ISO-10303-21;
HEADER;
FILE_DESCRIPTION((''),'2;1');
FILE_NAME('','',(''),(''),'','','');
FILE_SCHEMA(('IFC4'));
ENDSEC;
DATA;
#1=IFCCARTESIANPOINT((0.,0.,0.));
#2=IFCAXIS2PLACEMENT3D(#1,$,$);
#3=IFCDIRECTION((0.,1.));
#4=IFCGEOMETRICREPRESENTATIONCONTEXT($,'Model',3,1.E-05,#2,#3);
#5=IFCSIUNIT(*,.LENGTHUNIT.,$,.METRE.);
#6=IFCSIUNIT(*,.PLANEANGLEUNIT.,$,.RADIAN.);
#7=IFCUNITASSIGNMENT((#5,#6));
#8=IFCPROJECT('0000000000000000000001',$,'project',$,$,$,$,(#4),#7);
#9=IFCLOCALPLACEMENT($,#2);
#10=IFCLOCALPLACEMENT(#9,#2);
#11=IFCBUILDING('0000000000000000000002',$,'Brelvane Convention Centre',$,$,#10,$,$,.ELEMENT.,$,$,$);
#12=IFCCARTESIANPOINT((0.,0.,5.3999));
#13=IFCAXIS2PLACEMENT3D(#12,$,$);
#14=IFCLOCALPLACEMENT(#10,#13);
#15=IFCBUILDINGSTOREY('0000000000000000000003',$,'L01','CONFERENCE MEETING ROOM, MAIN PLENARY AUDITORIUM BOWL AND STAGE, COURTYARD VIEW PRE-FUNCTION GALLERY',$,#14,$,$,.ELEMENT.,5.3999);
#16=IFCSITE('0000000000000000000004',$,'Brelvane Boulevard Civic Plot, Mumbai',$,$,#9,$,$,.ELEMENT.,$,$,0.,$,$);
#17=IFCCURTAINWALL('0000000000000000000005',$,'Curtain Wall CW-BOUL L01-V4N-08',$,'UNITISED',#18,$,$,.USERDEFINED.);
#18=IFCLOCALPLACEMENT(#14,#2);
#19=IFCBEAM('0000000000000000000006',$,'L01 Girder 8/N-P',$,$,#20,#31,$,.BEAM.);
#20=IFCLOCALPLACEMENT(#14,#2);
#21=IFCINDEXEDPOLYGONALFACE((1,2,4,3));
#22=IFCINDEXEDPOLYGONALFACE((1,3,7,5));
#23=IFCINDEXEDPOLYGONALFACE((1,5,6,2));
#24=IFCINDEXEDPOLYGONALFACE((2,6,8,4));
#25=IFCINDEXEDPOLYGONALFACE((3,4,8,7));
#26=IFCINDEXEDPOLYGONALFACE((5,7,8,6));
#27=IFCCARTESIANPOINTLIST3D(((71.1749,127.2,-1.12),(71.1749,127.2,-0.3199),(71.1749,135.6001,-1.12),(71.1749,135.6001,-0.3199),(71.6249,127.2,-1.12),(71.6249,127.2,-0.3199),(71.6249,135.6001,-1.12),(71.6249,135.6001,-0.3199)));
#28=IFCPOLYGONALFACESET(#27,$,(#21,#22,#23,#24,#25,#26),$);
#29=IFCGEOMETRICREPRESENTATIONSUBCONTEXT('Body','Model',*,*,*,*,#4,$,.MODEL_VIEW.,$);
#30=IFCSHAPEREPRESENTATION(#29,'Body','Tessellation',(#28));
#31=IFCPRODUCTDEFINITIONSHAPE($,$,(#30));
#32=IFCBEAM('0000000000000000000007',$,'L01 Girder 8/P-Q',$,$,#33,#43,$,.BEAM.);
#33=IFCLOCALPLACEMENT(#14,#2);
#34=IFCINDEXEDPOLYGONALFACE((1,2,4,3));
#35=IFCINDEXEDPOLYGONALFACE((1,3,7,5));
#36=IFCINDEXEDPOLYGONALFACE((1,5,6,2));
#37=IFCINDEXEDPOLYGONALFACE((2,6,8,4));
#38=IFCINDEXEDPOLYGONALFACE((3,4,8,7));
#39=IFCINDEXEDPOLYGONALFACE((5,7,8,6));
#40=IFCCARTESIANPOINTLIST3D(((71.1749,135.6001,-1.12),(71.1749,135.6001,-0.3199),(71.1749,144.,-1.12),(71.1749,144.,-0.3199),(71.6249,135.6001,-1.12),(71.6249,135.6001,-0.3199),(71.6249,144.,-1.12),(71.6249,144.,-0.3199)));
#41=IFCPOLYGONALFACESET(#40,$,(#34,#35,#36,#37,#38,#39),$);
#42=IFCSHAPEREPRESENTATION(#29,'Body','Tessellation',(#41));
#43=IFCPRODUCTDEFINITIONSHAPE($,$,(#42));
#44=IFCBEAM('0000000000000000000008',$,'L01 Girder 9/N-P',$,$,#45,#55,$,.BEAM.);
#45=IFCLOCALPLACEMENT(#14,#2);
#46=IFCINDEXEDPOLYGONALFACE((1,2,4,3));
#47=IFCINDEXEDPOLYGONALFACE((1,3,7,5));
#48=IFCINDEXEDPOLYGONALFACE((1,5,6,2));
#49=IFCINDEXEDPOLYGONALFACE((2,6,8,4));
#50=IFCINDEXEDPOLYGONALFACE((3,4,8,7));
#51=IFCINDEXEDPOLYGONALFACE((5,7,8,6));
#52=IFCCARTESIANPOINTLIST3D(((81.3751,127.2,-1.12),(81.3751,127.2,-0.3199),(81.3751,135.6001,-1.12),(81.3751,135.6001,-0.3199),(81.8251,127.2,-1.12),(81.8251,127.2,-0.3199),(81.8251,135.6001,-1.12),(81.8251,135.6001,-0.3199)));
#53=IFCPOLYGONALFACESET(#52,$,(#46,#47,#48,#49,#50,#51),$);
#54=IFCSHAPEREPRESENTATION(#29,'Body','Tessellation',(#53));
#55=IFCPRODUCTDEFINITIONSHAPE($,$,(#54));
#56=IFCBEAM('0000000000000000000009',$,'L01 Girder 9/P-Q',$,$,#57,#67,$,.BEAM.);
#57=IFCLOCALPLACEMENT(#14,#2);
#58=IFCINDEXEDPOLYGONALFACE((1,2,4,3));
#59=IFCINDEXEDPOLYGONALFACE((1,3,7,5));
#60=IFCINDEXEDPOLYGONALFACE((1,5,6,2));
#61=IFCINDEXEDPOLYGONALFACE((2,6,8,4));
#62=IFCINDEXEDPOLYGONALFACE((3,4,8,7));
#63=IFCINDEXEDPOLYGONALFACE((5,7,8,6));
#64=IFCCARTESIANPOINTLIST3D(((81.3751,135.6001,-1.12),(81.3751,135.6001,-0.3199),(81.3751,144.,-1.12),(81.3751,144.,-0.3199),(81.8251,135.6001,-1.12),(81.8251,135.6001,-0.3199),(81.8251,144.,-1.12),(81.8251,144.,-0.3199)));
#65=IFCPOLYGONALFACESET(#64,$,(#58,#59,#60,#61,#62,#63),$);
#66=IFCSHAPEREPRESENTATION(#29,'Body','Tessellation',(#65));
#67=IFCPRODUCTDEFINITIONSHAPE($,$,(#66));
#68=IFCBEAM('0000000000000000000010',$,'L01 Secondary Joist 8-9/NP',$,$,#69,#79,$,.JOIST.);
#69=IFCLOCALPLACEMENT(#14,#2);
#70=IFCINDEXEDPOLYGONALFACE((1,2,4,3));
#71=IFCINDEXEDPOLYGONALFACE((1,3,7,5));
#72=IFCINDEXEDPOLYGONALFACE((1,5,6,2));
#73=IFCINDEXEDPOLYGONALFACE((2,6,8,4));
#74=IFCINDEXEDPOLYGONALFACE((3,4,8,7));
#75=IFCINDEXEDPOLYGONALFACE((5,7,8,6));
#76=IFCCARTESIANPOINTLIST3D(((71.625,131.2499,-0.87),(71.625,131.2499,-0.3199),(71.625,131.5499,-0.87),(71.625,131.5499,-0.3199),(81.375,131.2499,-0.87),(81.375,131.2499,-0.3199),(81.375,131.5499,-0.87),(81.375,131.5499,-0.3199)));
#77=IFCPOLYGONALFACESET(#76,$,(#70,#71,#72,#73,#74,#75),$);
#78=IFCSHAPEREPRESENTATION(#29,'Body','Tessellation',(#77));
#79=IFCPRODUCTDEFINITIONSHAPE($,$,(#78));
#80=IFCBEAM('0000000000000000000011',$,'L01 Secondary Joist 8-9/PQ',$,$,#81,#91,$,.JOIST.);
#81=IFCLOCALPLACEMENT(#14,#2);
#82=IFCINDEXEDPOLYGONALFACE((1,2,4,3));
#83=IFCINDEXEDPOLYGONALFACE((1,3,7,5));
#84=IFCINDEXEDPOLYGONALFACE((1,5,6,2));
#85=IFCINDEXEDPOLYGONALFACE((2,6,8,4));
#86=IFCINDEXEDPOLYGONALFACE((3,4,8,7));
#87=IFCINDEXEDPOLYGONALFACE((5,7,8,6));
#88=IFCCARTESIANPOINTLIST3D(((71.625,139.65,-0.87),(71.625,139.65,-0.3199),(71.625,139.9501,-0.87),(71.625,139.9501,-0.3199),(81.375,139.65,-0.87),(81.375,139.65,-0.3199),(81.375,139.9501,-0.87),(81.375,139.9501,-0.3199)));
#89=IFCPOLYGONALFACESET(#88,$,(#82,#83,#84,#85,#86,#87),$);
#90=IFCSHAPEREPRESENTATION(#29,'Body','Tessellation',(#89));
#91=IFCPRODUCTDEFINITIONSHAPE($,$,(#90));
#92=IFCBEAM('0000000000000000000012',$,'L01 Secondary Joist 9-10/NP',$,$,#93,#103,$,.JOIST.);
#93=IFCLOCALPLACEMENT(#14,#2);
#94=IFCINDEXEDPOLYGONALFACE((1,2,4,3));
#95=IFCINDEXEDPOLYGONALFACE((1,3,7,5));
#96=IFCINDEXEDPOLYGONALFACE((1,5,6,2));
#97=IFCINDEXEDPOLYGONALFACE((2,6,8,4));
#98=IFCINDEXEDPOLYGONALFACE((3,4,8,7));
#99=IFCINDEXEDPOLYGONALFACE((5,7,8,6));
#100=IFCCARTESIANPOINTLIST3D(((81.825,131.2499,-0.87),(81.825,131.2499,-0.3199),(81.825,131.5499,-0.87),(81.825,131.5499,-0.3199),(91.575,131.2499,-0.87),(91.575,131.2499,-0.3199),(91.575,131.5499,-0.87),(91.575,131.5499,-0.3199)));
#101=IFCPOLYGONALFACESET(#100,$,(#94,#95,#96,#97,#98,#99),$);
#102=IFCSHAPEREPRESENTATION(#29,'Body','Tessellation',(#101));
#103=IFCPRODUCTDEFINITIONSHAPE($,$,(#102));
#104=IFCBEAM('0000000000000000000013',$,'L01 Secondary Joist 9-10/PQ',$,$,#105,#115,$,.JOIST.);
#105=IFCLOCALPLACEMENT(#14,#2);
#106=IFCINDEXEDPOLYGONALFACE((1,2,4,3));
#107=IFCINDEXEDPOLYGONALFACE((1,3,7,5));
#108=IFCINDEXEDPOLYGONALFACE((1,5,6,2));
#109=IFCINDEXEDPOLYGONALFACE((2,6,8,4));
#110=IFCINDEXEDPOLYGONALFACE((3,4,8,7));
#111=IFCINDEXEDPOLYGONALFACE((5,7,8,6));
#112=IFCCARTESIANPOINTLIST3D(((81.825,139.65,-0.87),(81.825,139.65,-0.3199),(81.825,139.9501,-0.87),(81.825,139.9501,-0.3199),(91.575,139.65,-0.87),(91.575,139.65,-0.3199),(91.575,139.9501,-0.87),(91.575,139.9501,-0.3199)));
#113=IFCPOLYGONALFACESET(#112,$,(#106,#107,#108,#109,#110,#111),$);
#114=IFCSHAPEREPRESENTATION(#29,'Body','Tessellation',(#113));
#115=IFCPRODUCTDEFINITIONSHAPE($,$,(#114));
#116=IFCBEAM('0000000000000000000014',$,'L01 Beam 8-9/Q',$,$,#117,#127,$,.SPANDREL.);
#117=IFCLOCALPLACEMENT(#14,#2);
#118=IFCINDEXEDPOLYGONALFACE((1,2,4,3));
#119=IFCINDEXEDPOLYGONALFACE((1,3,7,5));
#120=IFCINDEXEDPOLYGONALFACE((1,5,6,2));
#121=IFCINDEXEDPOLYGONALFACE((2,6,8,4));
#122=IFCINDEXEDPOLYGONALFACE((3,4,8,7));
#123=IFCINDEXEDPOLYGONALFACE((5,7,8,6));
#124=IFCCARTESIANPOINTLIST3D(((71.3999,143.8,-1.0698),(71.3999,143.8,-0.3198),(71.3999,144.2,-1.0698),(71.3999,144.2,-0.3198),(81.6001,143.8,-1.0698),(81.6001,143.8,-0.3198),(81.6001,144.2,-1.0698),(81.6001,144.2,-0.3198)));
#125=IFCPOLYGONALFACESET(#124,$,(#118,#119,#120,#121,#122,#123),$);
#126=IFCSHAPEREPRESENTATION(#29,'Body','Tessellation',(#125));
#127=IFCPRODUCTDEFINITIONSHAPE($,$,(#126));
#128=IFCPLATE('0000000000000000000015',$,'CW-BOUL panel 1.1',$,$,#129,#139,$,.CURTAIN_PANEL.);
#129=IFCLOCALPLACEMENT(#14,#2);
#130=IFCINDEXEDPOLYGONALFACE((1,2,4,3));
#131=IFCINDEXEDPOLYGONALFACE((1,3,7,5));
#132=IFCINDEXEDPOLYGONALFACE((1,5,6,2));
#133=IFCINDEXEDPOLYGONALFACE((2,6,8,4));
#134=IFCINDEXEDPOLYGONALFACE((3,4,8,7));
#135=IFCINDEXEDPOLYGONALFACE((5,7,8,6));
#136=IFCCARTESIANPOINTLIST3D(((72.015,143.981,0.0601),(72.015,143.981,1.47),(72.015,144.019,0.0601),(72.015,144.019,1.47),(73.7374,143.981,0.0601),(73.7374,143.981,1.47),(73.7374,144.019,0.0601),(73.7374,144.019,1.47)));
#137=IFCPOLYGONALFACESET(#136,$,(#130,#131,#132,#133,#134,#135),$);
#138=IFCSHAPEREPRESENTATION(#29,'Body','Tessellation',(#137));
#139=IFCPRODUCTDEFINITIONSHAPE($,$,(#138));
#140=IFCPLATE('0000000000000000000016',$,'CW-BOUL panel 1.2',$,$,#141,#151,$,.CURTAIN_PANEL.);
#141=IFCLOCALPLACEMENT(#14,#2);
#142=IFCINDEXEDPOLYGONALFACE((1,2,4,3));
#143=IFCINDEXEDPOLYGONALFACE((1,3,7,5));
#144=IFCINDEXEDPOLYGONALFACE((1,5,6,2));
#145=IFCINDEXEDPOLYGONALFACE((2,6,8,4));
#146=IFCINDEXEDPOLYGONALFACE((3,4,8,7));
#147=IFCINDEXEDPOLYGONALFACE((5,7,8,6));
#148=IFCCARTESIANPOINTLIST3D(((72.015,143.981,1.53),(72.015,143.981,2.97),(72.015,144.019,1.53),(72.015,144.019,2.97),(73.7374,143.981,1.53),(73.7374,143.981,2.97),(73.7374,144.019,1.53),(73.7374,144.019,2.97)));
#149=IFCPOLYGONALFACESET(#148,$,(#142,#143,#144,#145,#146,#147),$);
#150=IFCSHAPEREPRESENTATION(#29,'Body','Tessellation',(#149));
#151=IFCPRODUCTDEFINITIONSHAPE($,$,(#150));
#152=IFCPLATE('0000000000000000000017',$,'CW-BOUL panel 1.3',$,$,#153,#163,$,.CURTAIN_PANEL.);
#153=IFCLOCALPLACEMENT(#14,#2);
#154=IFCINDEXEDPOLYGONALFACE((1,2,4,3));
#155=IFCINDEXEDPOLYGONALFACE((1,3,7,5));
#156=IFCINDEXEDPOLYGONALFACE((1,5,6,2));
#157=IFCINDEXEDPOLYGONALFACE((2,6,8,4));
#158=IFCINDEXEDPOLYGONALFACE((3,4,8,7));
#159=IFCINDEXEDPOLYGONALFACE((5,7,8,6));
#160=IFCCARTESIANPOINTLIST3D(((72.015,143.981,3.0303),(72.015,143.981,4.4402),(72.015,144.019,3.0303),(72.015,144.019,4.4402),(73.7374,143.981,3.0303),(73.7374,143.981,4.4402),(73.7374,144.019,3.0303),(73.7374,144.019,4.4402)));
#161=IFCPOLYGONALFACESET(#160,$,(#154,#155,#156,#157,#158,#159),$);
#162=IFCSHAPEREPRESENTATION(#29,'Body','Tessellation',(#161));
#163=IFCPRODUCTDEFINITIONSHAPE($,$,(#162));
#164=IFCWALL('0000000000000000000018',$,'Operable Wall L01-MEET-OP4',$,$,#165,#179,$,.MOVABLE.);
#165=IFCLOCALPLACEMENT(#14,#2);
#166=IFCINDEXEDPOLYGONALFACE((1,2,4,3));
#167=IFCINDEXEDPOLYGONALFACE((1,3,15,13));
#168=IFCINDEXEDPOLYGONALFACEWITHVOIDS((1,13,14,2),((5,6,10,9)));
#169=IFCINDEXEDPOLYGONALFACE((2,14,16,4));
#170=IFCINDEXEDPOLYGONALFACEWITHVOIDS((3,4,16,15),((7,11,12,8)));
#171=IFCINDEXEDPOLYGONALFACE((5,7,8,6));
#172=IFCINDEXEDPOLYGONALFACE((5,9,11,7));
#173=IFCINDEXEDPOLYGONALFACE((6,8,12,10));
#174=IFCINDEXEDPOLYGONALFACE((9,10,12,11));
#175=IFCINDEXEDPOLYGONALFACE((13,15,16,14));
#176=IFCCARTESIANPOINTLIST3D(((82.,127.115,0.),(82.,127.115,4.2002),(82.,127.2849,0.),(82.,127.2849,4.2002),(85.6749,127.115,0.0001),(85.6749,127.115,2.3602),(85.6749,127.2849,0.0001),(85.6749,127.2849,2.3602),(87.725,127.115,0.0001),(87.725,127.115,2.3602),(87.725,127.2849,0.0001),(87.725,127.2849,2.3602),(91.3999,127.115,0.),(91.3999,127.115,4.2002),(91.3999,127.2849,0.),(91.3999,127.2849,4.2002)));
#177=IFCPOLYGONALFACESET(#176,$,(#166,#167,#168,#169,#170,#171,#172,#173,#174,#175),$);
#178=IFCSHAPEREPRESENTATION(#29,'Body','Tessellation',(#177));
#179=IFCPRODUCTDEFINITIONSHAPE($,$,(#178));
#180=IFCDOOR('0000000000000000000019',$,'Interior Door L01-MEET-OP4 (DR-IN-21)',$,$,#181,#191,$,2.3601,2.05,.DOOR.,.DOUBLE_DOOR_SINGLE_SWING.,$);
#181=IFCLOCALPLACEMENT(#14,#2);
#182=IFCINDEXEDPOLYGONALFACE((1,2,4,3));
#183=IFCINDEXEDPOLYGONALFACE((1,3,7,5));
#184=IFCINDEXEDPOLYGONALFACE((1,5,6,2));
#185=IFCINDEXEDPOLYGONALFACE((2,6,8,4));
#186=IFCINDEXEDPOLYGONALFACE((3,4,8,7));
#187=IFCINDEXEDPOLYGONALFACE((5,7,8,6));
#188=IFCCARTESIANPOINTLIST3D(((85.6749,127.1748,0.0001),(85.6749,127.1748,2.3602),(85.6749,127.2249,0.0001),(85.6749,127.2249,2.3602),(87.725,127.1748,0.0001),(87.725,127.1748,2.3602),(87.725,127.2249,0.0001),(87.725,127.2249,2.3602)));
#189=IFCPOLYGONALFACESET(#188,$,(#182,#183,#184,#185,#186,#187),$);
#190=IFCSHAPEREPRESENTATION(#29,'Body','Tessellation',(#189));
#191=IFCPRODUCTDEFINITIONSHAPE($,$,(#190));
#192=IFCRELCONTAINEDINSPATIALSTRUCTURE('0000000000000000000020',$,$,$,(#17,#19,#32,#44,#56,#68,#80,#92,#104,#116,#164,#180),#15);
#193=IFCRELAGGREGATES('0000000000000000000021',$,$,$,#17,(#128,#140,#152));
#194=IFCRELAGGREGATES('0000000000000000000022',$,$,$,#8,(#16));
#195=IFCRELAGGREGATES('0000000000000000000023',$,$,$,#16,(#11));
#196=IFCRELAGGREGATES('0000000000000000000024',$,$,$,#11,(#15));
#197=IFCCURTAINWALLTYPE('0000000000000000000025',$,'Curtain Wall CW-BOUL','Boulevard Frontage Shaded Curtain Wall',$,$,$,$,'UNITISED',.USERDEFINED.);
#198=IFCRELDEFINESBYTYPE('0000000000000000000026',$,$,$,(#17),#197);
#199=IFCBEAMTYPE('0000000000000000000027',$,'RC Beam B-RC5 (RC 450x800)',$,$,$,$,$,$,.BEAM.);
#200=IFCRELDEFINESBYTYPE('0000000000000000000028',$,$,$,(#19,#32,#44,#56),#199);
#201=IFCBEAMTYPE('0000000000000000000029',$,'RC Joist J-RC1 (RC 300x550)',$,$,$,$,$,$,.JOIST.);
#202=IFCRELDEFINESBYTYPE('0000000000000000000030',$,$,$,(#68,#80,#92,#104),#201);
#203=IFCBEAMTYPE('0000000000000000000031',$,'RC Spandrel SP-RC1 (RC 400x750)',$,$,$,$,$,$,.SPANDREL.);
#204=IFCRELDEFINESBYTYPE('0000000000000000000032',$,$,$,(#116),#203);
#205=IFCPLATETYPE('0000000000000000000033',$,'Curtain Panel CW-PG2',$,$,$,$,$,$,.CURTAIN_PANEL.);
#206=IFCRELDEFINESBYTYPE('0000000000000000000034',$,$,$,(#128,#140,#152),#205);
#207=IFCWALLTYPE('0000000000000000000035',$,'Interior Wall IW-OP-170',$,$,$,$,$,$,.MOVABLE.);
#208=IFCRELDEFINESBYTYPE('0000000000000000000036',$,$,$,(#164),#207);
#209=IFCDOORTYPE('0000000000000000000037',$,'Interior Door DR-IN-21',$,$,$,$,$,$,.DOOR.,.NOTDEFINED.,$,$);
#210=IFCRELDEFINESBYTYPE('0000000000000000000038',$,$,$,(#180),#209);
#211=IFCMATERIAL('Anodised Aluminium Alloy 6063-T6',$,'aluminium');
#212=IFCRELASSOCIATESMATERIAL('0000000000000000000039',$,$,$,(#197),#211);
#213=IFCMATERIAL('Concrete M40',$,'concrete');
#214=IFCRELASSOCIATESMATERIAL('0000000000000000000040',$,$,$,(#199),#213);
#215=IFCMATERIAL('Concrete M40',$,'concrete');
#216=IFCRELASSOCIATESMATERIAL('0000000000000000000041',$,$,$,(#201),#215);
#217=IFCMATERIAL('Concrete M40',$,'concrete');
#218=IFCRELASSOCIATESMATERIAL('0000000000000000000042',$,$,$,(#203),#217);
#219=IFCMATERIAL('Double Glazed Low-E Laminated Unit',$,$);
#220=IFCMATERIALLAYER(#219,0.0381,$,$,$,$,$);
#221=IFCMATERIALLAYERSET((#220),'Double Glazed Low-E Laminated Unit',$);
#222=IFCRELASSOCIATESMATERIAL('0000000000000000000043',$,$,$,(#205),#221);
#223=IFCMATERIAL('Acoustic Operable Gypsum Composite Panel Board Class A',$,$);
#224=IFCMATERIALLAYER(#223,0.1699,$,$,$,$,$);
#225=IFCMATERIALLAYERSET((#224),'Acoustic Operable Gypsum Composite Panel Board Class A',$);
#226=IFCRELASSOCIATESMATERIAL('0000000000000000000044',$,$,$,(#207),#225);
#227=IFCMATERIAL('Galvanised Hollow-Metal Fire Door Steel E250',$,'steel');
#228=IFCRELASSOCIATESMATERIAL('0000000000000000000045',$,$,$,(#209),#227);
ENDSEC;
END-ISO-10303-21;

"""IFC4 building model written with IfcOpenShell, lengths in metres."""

from ifc_helpers import new_model, si_unit, direction, frame, frame_2d, origin, origin_2d, place, context, subcontext, project, spatial, rectangle, extrude, material, layer, layer_set, material_profile, profile_set, type_object, element, fill, aggregate, save


model = new_model("IFC4")

# Units and contexts
model_context = context("Model", 3, precision=1e-05, world=origin(), true_north=direction((0.0, 1.0)))
body_context = subcontext(model_context, "Body", "Model", "MODEL_VIEW")
ifc_project = project(units=[si_unit("LENGTHUNIT", "METRE"), si_unit("PLANEANGLEUNIT", "RADIAN")], contexts=[model_context])

# Site, building, storey
site_placement = place(None, origin())
site = spatial("IfcSite", under=ifc_project, at=site_placement, Name="Brelvane Boulevard Civic Plot, Mumbai", CompositionType="ELEMENT", RefElevation=0.0)
building_placement = place(site_placement, origin())
building = spatial("IfcBuilding", under=site, at=building_placement, Name="Brelvane Convention Centre", CompositionType="ELEMENT")
storey_placement = place(building_placement, frame((0.0, 0.0, 5.3999)))
storey = spatial("IfcBuildingStorey", under=building, at=storey_placement, Name="L01", Description="CONFERENCE MEETING ROOM, MAIN PLENARY AUDITORIUM BOWL AND STAGE, COURTYARD VIEW PRE-FUNCTION GALLERY", CompositionType="ELEMENT", Elevation=5.3999)

# Curtain wall
ifc_material_1 = material(Name="Anodised Aluminium Alloy 6063-T6", Category="aluminium")
curtain_wall_type = type_object("IfcCurtainWallType", Name="Curtain Wall CW-BOUL", Description="Boulevard Frontage Shaded Curtain Wall", ElementType="UNITISED", PredefinedType="USERDEFINED", material=ifc_material_1)
curtain_wall_placement = place(storey_placement, origin())
curtain_wall = element("IfcCurtainWall", 1, at=curtain_wall_placement, inside=storey, type_object=curtain_wall_type, Name="Curtain Wall CW-BOUL L01-V4N-08", ObjectType="UNITISED", PredefinedType="USERDEFINED")

# Beams
ifc_material_2 = material(Name="Concrete M40", Category="concrete")
ifc_material_profile_1 = material_profile(ifc_material_2, rectangle(XDim=0.45, YDim=0.8, at=origin_2d()), Name="RC 450x800")
ifc_profile_set_1 = profile_set([ifc_material_profile_1], Name="Concrete M40")
beam_type_1 = type_object("IfcBeamType", Name="RC Beam B-RC5 (RC 450x800)", PredefinedType="BEAM", material=ifc_profile_set_1)
beam_1_placement = place(storey_placement, frame((71.3999, 127.2, -0.72), z_axis=(0.0, 1.0, 0.0), x_axis=(-1.0, 0.0, 0.0)))
element("IfcBeam", 2, at=beam_1_placement, inside=storey, type_object=beam_type_1, Name="L01 Girder 8/N-P", PredefinedType="BEAM", context=body_context, shape_type="SweptSolid", body=[
    extrude(rectangle(XDim=0.45, YDim=0.8, at=origin_2d()), origin(), (0.0, 0.0, 1.0), 8.4001),
])
beam_2_placement = place(storey_placement, frame((71.3999, 135.6001, -0.72), z_axis=(0.0, 1.0, 0.0), x_axis=(-1.0, 0.0, 0.0)))
element("IfcBeam", 3, at=beam_2_placement, inside=storey, type_object=beam_type_1, Name="L01 Girder 8/P-Q", PredefinedType="BEAM", context=body_context, shape_type="SweptSolid", body=[
    extrude(rectangle(XDim=0.45, YDim=0.8, at=origin_2d()), origin(), (0.0, 0.0, 1.0), 8.3999),
])
beam_3_placement = place(storey_placement, frame((81.6001, 127.2, -0.72), z_axis=(0.0, 1.0, 0.0), x_axis=(-1.0, 0.0, 0.0)))
element("IfcBeam", 4, at=beam_3_placement, inside=storey, type_object=beam_type_1, Name="L01 Girder 9/N-P", PredefinedType="BEAM", context=body_context, shape_type="SweptSolid", body=[
    extrude(rectangle(XDim=0.45, YDim=0.8, at=origin_2d()), origin(), (0.0, 0.0, 1.0), 8.4001),
])
beam_4_placement = place(storey_placement, frame((81.6001, 135.6001, -0.72), z_axis=(0.0, 1.0, 0.0), x_axis=(-1.0, 0.0, 0.0)))
element("IfcBeam", 5, at=beam_4_placement, inside=storey, type_object=beam_type_1, Name="L01 Girder 9/P-Q", PredefinedType="BEAM", context=body_context, shape_type="SweptSolid", body=[
    extrude(rectangle(XDim=0.45, YDim=0.8, at=origin_2d()), origin(), (0.0, 0.0, 1.0), 8.3999),
])
ifc_material_3 = material(Name="Concrete M40", Category="concrete")
ifc_material_profile_2 = material_profile(ifc_material_3, rectangle(XDim=0.3, YDim=0.55, at=origin_2d()), Name="RC 300x550")
ifc_profile_set_2 = profile_set([ifc_material_profile_2], Name="Concrete M40")
beam_type_2 = type_object("IfcBeamType", Name="RC Joist J-RC1 (RC 300x550)", PredefinedType="JOIST", material=ifc_profile_set_2)
for number, where, z_axis, x_axis, name in (
    (6, (71.625, 131.3999, -0.595), (1.0, 0.0, 0.0), (0.0, 1.0, 0.0), "L01 Secondary Joist 8-9/NP"),
    (7, (71.625, 139.8, -0.595), (1.0, 0.0, 0.0), (0.0, 1.0, 0.0), "L01 Secondary Joist 8-9/PQ"),
    (8, (81.825, 131.3999, -0.595), (1.0, 0.0, 0.0), (0.0, 1.0, 0.0), "L01 Secondary Joist 9-10/NP"),
    (9, (81.825, 139.8, -0.595), (1.0, 0.0, 0.0), (0.0, 1.0, 0.0), "L01 Secondary Joist 9-10/PQ"),
):
    element("IfcBeam", number, at=place(storey_placement, frame(where, z_axis=z_axis, x_axis=x_axis)), inside=storey, type_object=beam_type_2, Name=name, PredefinedType="JOIST", context=body_context, shape_type="SweptSolid", body=[
        extrude(rectangle(XDim=0.3, YDim=0.55, at=origin_2d()), origin(), (0.0, 0.0, 1.0), 9.75),
    ])
ifc_material_4 = material(Name="Concrete M40", Category="concrete")
ifc_material_profile_3 = material_profile(ifc_material_4, rectangle(XDim=0.3999, YDim=0.75, at=origin_2d()), Name="RC 400x750")
ifc_profile_set_3 = profile_set([ifc_material_profile_3], Name="Concrete M40")
beam_type_3 = type_object("IfcBeamType", Name="RC Spandrel SP-RC1 (RC 400x750)", PredefinedType="SPANDREL", material=ifc_profile_set_3)
beam_5_placement = place(storey_placement, frame((71.3999, 144.0, -0.6948), z_axis=(1.0, 0.0, 0.0), x_axis=(0.0, 1.0, 0.0)))
element("IfcBeam", 10, at=beam_5_placement, inside=storey, type_object=beam_type_3, Name="L01 Beam 8-9/Q", PredefinedType="SPANDREL", context=body_context, shape_type="SweptSolid", body=[
    extrude(rectangle(XDim=0.3999, YDim=0.75, at=origin_2d()), origin(), (0.0, 0.0, 1.0), 10.2002),
])

# Plates
ifc_material_5 = material(Name="Double Glazed Low-E Laminated Unit")
ifc_layer_1 = layer(ifc_material_5, 0.0381)
ifc_layer_set_1 = layer_set([ifc_layer_1], Name="Double Glazed Low-E Laminated Unit")
plate_type = type_object("IfcPlateType", Name="Curtain Panel CW-PG2", PredefinedType="CURTAIN_PANEL", material=ifc_layer_set_1)
plate_1_placement = place(storey_placement, frame((72.8762, 144.0, 0.0601), z_axis=(0.0, 0.0, 1.0), x_axis=(1.0, 0.0, 0.0)))
plate_1 = element("IfcPlate", 11, at=plate_1_placement, type_object=plate_type, Name="CW-BOUL panel 1.1", PredefinedType="CURTAIN_PANEL", context=body_context, shape_type="SweptSolid", body=[
    extrude(rectangle(XDim=1.7224, YDim=0.0381, at=origin_2d()), origin(), (0.0, 0.0, 1.0), 1.4099),
])
plate_2_placement = place(storey_placement, frame((72.8762, 144.0, 1.53), z_axis=(0.0, 0.0, 1.0), x_axis=(1.0, 0.0, 0.0)))
plate_2 = element("IfcPlate", 12, at=plate_2_placement, type_object=plate_type, Name="CW-BOUL panel 1.2", PredefinedType="CURTAIN_PANEL", context=body_context, shape_type="SweptSolid", body=[
    extrude(rectangle(XDim=1.7224, YDim=0.0381, at=origin_2d()), origin(), (0.0, 0.0, 1.0), 1.4399),
])
plate_3_placement = place(storey_placement, frame((72.8762, 144.0, 3.0303), z_axis=(0.0, 0.0, 1.0), x_axis=(1.0, 0.0, 0.0)))
plate_3 = element("IfcPlate", 13, at=plate_3_placement, type_object=plate_type, Name="CW-BOUL panel 1.3", PredefinedType="CURTAIN_PANEL", context=body_context, shape_type="SweptSolid", body=[
    extrude(rectangle(XDim=1.7224, YDim=0.0381, at=origin_2d()), origin(), (0.0, 0.0, 1.0), 1.4099),
])
aggregate(curtain_wall, [plate_1, plate_2, plate_3])

# Wall, opening, door
ifc_material_6 = material(Name="Acoustic Operable Gypsum Composite Panel Board Class A")
ifc_layer_2 = layer(ifc_material_6, 0.1699)
ifc_layer_set_2 = layer_set([ifc_layer_2], Name="Acoustic Operable Gypsum Composite Panel Board Class A")
wall_type_1 = type_object("IfcWallType", Name="Interior Wall IW-OP-170", PredefinedType="MOVABLE", material=ifc_layer_set_2)
wall_1_placement = place(storey_placement, frame((82.0, 127.2, 0.0), z_axis=(0.0, 0.0, 1.0), x_axis=(1.0, 0.0, 0.0)))
wall_1 = element("IfcWall", 14, at=wall_1_placement, inside=storey, type_object=wall_type_1, Name="Operable Wall L01-MEET-OP4", PredefinedType="MOVABLE", context=body_context, shape_type="SweptSolid", body=[
    extrude(rectangle(XDim=9.3999, YDim=0.1699, at=frame_2d((4.7, 0.0))), origin(), (0.0, 0.0, 1.0), 4.2002),
])
opening_1_placement = place(wall_1_placement, frame((3.675, 0.0, 0.0)))
opening_1 = element("IfcOpeningElement", 15, at=opening_1_placement, cuts=wall_1, PredefinedType="OPENING", context=body_context, shape_type="SweptSolid", body=[
    extrude(rectangle(XDim=2.05, YDim=2.3601, at=frame_2d((1.0249, 1.1802))), frame((0.0, 0.095, 0.0), z_axis=(0.0, -1.0, 0.0), x_axis=(1.0, 0.0, 0.0)), (0.0, 0.0, 1.0), 0.1899),
])
ifc_material_7 = material(Name="Galvanised Hollow-Metal Fire Door Steel E250", Category="steel")
door_type_1 = type_object("IfcDoorType", Name="Interior Door DR-IN-21", OperationType="NOTDEFINED", PredefinedType="DOOR", material=ifc_material_7)
door_1_placement = place(opening_1_placement, origin())
door_1 = element("IfcDoor", 16, at=door_1_placement, inside=storey, type_object=door_type_1, Name="Interior Door L01-MEET-OP4 (DR-IN-21)", OperationType="DOUBLE_DOOR_SINGLE_SWING", OverallHeight=2.3601, OverallWidth=2.05, PredefinedType="DOOR", context=body_context, shape_type="SweptSolid", body=[
    extrude(rectangle(XDim=2.05, YDim=2.3601, at=frame_2d((1.0249, 1.1802))), frame((0.0, 0.0249, 0.0), z_axis=(0.0, -1.0, 0.0), x_axis=(1.0, 0.0, 0.0)), (0.0, 0.0, 1.0), 0.05),
])
fill(opening_1, door_1)

save(model, "model.ifc")
